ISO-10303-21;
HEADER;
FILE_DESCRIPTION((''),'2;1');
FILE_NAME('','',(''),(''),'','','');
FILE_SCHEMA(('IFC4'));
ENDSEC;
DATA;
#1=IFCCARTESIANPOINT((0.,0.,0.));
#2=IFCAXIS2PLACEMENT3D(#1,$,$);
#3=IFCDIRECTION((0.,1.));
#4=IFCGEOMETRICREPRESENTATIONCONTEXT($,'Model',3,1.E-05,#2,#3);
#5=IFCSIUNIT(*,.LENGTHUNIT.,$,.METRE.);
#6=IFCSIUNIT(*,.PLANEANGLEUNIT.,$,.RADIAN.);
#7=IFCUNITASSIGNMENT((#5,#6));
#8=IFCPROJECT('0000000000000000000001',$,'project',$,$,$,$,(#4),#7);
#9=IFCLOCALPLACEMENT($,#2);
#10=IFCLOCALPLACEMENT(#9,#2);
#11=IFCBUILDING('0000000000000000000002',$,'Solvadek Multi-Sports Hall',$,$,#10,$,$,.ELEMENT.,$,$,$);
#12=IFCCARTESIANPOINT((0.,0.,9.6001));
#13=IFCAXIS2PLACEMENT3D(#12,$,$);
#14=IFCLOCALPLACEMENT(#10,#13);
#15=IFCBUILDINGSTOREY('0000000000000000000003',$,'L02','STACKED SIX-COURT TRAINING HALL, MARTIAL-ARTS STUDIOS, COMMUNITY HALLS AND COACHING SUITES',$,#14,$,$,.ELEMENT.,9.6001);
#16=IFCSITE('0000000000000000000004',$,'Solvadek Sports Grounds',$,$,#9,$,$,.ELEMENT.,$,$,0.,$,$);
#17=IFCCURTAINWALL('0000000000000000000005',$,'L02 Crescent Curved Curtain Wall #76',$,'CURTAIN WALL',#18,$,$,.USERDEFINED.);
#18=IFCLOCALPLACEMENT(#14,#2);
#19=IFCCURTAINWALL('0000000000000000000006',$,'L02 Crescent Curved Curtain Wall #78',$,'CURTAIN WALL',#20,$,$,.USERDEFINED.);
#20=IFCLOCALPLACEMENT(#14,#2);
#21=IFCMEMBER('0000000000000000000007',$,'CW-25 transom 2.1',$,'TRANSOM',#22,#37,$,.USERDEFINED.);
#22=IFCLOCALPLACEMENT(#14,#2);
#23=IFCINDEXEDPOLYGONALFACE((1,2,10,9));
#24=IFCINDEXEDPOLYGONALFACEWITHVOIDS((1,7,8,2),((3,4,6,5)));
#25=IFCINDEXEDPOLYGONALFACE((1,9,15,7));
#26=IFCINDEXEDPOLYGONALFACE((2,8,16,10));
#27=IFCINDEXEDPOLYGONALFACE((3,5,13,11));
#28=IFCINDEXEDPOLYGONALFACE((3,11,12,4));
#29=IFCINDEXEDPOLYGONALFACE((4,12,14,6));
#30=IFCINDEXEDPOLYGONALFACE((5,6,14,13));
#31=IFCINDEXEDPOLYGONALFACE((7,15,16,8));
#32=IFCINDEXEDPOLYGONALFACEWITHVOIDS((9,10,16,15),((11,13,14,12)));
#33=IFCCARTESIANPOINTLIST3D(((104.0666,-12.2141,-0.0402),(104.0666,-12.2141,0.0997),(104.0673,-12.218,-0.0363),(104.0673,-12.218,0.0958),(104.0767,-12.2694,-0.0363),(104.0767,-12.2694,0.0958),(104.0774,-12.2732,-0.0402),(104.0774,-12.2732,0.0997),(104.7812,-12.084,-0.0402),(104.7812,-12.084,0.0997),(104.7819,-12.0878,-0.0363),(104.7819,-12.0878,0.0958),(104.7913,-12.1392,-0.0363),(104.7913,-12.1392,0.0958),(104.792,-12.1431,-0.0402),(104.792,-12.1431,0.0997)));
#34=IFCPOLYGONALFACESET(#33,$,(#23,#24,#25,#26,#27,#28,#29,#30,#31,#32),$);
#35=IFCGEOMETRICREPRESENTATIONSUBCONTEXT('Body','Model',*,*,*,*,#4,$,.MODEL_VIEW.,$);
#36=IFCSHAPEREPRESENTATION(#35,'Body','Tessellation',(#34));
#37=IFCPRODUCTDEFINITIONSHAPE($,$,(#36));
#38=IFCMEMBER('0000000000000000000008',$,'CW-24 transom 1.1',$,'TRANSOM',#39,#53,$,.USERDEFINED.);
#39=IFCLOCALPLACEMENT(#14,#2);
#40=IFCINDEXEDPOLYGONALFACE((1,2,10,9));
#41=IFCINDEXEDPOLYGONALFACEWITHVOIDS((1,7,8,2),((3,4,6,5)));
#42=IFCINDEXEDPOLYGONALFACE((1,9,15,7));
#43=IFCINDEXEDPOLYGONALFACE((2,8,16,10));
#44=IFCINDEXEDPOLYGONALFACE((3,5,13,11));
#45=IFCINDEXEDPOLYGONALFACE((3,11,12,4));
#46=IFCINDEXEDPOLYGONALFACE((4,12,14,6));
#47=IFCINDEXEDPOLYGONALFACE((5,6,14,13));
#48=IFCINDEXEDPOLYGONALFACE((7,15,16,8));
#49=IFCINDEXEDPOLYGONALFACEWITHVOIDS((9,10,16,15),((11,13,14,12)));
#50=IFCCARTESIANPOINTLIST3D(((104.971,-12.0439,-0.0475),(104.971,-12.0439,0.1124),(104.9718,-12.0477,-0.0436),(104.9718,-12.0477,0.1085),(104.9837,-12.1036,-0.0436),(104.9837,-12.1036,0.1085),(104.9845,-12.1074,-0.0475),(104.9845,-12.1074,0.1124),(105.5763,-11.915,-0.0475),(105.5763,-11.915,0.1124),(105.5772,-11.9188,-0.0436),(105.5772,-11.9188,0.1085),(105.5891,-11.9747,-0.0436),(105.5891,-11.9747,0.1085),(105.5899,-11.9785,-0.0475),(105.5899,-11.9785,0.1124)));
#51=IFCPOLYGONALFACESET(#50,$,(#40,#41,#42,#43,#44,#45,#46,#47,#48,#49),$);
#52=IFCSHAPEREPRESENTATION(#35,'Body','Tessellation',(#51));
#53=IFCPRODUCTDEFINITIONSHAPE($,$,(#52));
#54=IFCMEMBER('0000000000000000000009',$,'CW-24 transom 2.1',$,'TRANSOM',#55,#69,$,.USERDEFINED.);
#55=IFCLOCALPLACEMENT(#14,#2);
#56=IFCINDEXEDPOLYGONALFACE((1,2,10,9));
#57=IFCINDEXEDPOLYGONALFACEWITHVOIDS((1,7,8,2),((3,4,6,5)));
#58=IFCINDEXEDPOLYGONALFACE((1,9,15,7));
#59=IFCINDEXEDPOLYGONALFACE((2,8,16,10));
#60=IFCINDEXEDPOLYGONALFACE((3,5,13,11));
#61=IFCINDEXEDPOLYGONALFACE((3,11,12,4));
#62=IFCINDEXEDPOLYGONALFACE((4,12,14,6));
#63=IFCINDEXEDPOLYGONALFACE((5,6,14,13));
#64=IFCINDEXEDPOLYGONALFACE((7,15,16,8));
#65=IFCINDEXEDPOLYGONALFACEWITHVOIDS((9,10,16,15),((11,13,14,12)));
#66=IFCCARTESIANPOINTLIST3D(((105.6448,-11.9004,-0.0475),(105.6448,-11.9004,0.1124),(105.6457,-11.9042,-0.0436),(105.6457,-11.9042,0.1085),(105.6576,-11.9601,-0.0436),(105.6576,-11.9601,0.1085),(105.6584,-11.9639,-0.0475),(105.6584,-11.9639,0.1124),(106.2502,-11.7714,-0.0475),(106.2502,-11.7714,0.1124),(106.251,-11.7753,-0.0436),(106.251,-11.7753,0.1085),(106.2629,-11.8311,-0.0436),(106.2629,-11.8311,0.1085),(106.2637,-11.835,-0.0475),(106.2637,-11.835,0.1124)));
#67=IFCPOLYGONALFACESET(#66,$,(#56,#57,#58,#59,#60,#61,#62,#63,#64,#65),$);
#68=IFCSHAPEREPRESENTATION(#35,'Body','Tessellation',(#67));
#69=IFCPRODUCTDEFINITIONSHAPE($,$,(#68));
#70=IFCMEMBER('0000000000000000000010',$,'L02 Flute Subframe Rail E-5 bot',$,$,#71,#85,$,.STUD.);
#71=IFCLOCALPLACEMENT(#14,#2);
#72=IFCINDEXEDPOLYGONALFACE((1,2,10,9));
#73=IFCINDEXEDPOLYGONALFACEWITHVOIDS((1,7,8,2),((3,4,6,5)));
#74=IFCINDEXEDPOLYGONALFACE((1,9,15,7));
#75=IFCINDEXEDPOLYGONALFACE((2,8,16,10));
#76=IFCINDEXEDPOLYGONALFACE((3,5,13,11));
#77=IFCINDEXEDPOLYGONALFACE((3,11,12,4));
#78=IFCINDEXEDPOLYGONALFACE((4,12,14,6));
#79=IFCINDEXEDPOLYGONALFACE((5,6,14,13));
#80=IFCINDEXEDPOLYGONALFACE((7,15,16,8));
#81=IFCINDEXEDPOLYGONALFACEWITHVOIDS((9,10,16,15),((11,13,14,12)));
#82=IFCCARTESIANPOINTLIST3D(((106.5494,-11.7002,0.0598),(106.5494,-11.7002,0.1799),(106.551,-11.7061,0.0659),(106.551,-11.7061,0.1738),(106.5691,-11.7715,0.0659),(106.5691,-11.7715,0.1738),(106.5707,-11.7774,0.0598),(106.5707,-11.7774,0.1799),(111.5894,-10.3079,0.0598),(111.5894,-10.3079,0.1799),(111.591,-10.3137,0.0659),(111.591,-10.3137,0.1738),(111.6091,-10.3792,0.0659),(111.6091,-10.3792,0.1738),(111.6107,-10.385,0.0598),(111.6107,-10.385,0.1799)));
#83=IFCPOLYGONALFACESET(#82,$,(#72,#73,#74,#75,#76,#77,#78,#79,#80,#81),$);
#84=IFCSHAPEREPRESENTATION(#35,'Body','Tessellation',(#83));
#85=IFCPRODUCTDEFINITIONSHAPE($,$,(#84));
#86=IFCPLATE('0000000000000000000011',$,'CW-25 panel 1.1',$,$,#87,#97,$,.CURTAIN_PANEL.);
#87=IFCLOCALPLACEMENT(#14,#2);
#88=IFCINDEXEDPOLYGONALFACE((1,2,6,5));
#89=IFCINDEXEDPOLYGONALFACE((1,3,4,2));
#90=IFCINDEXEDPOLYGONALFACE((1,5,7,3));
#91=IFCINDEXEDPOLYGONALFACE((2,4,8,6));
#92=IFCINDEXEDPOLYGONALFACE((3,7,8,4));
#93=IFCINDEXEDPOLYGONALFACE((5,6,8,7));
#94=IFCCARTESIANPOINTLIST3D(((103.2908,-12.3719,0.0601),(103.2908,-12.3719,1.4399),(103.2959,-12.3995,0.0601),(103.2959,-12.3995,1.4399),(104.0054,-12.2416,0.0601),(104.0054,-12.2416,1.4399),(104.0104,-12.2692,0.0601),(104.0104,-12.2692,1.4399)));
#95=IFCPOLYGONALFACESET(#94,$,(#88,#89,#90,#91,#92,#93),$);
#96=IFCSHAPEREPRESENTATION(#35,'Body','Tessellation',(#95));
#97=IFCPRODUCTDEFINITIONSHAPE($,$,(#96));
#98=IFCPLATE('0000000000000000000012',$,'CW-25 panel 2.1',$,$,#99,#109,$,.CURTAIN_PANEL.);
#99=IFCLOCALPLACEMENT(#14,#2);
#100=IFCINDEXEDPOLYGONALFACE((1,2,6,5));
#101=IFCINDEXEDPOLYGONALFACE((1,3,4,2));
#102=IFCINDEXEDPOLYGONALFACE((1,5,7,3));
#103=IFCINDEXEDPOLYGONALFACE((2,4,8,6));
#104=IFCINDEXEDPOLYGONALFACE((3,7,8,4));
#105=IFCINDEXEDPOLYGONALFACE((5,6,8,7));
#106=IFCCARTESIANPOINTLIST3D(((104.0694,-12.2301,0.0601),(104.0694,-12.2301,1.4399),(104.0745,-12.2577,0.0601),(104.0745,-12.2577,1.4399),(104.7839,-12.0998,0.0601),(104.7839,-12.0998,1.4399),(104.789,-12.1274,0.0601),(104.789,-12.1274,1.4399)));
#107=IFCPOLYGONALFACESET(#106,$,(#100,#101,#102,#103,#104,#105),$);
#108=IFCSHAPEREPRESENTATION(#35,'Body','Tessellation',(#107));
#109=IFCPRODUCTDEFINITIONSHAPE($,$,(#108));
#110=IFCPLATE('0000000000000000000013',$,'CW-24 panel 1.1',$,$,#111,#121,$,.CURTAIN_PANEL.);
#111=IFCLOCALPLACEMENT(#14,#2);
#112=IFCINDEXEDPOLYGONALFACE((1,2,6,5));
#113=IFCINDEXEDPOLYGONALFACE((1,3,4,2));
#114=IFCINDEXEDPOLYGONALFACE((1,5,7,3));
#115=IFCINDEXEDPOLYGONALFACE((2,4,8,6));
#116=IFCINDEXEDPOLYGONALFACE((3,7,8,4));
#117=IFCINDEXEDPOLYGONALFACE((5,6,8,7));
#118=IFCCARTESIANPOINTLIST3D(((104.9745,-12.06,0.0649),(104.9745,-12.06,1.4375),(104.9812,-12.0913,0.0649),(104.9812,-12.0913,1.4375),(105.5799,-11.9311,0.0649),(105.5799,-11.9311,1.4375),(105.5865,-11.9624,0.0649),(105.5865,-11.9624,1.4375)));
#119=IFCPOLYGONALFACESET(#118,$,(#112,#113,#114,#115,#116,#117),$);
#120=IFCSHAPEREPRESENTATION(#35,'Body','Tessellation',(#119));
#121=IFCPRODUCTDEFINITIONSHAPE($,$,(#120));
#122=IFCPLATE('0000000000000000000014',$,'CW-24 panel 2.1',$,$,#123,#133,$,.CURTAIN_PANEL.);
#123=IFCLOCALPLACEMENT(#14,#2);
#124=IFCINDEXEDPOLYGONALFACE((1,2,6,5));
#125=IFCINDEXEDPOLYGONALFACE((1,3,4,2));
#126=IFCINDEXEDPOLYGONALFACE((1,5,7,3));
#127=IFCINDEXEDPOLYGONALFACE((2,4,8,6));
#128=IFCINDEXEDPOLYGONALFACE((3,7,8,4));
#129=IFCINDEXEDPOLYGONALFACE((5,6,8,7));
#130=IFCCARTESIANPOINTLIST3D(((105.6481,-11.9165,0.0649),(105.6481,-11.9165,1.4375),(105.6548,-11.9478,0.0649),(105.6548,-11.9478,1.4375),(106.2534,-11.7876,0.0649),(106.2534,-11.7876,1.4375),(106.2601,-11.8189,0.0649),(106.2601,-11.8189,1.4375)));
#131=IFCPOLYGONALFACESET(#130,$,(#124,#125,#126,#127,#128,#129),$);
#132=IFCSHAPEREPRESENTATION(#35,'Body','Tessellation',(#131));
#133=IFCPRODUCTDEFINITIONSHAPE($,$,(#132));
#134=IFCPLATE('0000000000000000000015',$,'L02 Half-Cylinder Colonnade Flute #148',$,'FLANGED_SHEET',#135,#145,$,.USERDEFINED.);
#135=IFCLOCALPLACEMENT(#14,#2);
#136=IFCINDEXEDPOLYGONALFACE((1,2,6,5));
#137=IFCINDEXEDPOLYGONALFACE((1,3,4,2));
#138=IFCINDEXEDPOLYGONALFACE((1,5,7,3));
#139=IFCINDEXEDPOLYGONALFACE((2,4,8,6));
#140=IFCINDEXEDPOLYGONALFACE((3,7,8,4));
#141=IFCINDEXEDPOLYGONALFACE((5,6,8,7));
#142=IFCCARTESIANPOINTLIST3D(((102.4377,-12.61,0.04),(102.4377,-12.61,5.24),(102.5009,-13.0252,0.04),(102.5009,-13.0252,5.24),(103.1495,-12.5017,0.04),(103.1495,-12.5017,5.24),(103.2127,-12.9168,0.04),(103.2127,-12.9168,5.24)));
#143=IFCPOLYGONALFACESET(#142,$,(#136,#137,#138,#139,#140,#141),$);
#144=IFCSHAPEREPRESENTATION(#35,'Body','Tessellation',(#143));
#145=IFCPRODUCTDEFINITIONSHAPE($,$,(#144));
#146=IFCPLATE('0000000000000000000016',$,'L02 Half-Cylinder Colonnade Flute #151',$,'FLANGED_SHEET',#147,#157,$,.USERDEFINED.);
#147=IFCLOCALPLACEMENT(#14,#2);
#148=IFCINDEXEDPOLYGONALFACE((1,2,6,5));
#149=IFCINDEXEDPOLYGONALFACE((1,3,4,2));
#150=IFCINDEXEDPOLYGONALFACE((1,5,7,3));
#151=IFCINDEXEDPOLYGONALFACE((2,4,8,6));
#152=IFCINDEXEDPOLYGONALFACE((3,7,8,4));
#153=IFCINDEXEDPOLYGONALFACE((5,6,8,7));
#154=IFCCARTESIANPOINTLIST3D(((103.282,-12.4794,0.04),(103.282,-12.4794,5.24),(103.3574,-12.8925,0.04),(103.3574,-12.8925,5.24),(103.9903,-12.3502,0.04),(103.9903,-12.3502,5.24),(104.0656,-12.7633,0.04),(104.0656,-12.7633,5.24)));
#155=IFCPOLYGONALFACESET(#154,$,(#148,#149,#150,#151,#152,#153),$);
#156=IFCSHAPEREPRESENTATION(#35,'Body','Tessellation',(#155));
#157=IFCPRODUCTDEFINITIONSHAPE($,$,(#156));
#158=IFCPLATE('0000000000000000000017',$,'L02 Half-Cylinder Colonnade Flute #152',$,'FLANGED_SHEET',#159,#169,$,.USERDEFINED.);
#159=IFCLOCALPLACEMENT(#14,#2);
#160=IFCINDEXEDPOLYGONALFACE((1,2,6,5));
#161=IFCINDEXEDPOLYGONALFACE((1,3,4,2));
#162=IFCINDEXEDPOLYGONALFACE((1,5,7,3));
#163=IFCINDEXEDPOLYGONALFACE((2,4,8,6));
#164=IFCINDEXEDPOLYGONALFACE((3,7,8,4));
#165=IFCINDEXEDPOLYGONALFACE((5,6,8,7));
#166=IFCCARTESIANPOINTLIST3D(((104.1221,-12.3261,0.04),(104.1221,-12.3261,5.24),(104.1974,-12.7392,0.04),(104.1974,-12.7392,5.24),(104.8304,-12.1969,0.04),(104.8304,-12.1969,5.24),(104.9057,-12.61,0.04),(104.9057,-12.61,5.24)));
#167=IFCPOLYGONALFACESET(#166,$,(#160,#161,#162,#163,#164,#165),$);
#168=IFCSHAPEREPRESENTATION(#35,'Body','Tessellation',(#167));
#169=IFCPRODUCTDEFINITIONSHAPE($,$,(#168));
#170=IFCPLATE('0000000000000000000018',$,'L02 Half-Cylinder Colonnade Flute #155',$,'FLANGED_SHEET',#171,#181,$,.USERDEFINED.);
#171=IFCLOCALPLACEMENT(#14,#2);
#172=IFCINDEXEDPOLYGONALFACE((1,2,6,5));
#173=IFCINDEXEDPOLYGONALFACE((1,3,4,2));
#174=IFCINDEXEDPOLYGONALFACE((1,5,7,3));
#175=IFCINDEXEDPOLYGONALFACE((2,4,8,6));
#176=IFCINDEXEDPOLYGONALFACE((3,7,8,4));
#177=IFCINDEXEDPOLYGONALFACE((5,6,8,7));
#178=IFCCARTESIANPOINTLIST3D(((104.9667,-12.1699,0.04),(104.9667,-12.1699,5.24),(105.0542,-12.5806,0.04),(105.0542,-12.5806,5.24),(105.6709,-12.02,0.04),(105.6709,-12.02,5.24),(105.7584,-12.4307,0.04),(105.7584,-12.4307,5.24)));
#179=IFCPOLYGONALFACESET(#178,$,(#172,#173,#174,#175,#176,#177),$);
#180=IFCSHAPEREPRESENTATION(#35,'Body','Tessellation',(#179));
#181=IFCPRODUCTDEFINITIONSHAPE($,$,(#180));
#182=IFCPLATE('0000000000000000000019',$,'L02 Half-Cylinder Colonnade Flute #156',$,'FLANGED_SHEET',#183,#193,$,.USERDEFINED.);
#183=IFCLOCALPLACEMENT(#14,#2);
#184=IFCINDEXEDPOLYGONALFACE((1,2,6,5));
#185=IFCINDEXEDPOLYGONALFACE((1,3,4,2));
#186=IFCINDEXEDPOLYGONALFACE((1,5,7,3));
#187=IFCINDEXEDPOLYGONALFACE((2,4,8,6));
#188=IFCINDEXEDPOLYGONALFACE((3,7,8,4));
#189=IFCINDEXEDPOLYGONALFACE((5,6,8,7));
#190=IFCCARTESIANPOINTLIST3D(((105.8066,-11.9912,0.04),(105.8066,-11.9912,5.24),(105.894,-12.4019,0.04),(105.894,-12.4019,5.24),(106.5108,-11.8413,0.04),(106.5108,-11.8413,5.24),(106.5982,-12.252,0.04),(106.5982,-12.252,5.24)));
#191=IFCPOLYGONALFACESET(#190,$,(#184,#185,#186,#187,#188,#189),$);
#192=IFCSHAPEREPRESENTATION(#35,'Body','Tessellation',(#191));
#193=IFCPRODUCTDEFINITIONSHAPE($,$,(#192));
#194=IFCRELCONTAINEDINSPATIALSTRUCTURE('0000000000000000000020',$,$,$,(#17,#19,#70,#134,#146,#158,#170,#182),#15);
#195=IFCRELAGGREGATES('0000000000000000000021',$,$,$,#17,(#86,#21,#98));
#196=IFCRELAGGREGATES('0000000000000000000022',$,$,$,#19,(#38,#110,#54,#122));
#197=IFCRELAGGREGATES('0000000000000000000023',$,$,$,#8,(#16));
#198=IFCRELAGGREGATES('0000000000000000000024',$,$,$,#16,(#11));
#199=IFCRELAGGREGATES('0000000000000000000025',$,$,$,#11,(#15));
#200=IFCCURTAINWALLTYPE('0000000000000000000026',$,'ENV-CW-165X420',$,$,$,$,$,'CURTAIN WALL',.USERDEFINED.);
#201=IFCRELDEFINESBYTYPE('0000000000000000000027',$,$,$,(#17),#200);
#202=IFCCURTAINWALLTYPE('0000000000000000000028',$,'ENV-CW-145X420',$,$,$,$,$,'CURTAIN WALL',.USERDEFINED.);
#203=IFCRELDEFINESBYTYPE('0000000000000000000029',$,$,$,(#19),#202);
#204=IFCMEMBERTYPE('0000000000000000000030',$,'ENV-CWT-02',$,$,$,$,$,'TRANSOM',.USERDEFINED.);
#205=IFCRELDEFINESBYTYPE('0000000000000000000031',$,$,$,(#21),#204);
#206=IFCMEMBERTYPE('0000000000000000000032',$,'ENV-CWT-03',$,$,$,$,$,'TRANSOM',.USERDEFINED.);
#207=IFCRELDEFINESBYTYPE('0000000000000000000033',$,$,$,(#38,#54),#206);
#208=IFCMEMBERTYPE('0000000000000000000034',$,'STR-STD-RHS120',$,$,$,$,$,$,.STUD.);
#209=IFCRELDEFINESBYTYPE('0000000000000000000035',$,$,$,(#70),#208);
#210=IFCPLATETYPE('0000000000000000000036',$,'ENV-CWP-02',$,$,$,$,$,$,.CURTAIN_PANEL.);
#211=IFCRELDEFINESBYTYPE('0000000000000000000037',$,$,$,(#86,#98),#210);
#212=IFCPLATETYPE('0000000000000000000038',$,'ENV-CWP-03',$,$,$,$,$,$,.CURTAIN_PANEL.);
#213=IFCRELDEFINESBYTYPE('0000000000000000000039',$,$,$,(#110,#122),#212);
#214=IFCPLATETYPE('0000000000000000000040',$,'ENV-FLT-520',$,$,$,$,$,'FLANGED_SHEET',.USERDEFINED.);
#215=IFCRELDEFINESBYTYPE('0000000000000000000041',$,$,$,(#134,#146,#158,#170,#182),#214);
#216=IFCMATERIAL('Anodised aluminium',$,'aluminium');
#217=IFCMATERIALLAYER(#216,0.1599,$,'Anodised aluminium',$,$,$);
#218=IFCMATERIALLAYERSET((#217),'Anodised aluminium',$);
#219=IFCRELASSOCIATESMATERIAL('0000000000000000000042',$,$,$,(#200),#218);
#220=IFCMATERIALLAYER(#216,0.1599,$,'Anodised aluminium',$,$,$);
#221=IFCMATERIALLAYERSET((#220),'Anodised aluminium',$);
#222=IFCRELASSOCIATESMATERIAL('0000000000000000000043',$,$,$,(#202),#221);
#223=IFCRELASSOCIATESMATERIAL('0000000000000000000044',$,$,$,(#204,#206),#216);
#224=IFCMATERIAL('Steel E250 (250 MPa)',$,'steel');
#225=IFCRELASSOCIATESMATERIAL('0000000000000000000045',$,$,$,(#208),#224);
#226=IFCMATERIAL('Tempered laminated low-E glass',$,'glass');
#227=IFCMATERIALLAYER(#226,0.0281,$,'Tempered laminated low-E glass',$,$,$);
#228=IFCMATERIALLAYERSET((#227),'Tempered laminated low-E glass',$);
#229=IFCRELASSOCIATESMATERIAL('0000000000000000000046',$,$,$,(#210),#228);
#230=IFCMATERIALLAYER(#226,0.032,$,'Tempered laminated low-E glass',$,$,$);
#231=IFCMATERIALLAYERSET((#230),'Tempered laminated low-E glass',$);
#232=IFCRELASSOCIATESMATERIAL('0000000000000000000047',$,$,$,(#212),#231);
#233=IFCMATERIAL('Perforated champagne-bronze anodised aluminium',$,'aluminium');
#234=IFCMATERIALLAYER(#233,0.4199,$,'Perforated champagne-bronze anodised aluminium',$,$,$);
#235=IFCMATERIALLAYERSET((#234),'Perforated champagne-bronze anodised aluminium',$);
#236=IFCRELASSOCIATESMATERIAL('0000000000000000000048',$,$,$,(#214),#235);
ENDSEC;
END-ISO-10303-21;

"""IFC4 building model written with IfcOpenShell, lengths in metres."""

from ifc_helpers import new_model, si_unit, direction, frame, origin, origin_2d, place, context, subcontext, project, spatial, rectangle, hollow_rectangle, extrude, material, layer, layer_set, material_profile, profile_set, type_object, element, aggregate, save


model = new_model("IFC4")

# Units and contexts
model_context = context("Model", 3, precision=1e-05, world=origin(), true_north=direction((0.0, 1.0)))
body_context = subcontext(model_context, "Body", "Model", "MODEL_VIEW")
ifc_project = project(units=[si_unit("LENGTHUNIT", "METRE"), si_unit("PLANEANGLEUNIT", "RADIAN")], contexts=[model_context])

# Site, building, storey
site_placement = place(None, origin())
site = spatial("IfcSite", under=ifc_project, at=site_placement, Name="Solvadek Sports Grounds", CompositionType="ELEMENT", RefElevation=0.0)
building_placement = place(site_placement, origin())
building = spatial("IfcBuilding", under=site, at=building_placement, Name="Solvadek Multi-Sports Hall", CompositionType="ELEMENT")
storey_placement = place(building_placement, frame((0.0, 0.0, 9.6001)))
storey = spatial("IfcBuildingStorey", under=building, at=storey_placement, Name="L02", Description="STACKED SIX-COURT TRAINING HALL, MARTIAL-ARTS STUDIOS, COMMUNITY HALLS AND COACHING SUITES", CompositionType="ELEMENT", Elevation=9.6001)

# Shared definitions
ifc_material_1 = material(Name="Anodised aluminium", Category="aluminium")

# Curtain walls
ifc_layer_1 = layer(ifc_material_1, 0.1599, Name="Anodised aluminium")
ifc_layer_set_1 = layer_set([ifc_layer_1], Name="Anodised aluminium")
curtain_wall_type_1 = type_object("IfcCurtainWallType", Name="ENV-CW-165X420", ElementType="CURTAIN WALL", PredefinedType="USERDEFINED", material=ifc_layer_set_1)
curtain_wall_1_placement = place(storey_placement, origin())
curtain_wall_1 = element("IfcCurtainWall", 1, at=curtain_wall_1_placement, inside=storey, type_object=curtain_wall_type_1, Name="L02 Crescent Curved Curtain Wall #76", ObjectType="CURTAIN WALL", PredefinedType="USERDEFINED")
ifc_layer_2 = layer(ifc_material_1, 0.1599, Name="Anodised aluminium")
ifc_layer_set_2 = layer_set([ifc_layer_2], Name="Anodised aluminium")
curtain_wall_type_2 = type_object("IfcCurtainWallType", Name="ENV-CW-145X420", ElementType="CURTAIN WALL", PredefinedType="USERDEFINED", material=ifc_layer_set_2)
curtain_wall_2_placement = place(storey_placement, origin())
curtain_wall_2 = element("IfcCurtainWall", 2, at=curtain_wall_2_placement, inside=storey, type_object=curtain_wall_type_2, Name="L02 Crescent Curved Curtain Wall #78", ObjectType="CURTAIN WALL", PredefinedType="USERDEFINED")

# Members
ifc_material_profile_1 = material_profile(ifc_material_1, hollow_rectangle(XDim=0.0601, YDim=0.1399, WallThickness=0.0039, at=origin_2d()), Name="ALU-T 140x60x4")
ifc_profile_set_1 = profile_set([ifc_material_profile_1], Name="Anodised aluminium")
member_type_1 = type_object("IfcMemberType", Name="ENV-CWT-02", ElementType="TRANSOM", PredefinedType="USERDEFINED", material=ifc_profile_set_1)
member_1_placement = place(storey_placement, frame((104.072, -12.2437, 0.0298), z_axis=(0.983821, 0.179152, 0.0), x_axis=(-0.179152, 0.983821, 0.0)))
member_1 = element("IfcMember", 3, at=member_1_placement, type_object=member_type_1, Name="CW-25 transom 2.1", ObjectType="TRANSOM", PredefinedType="USERDEFINED", context=body_context, shape_type="SweptSolid", body=[
    extrude(hollow_rectangle(XDim=0.0601, YDim=0.1399, WallThickness=0.0039, at=origin_2d()), origin(), (0.0, 0.0, 1.0), 0.7263),
])
ifc_material_profile_2 = material_profile(ifc_material_1, hollow_rectangle(XDim=0.0649, YDim=0.1599, WallThickness=0.0039, at=origin_2d()), Name="ALU-T 160x65x4")
ifc_profile_set_2 = profile_set([ifc_material_profile_2], Name="Anodised aluminium")
member_type_2 = type_object("IfcMemberType", Name="ENV-CWT-03", ElementType="TRANSOM", PredefinedType="USERDEFINED", material=ifc_profile_set_2)
member_2_placement = place(storey_placement, frame((104.9778, -12.0757, 0.0325), z_axis=(0.978061, 0.208316, 0.0), x_axis=(-0.208316, 0.978061, 0.0)))
member_2 = element("IfcMember", 4, at=member_2_placement, type_object=member_type_2, Name="CW-24 transom 1.1", ObjectType="TRANSOM", PredefinedType="USERDEFINED", context=body_context, shape_type="SweptSolid", body=[
    extrude(hollow_rectangle(XDim=0.0649, YDim=0.1599, WallThickness=0.0039, at=origin_2d()), origin(), (0.0, 0.0, 1.0), 0.6189),
])
member_3_placement = place(storey_placement, frame((105.6516, -11.9321, 0.0325), z_axis=(0.978061, 0.208316, 0.0), x_axis=(-0.208316, 0.978061, 0.0)))
member_3 = element("IfcMember", 5, at=member_3_placement, type_object=member_type_2, Name="CW-24 transom 2.1", ObjectType="TRANSOM", PredefinedType="USERDEFINED", context=body_context, shape_type="SweptSolid", body=[
    extrude(hollow_rectangle(XDim=0.0649, YDim=0.1599, WallThickness=0.0039, at=origin_2d()), origin(), (0.0, 0.0, 1.0), 0.6189),
])
ifc_material_2 = material(Name="Steel E250 (250 MPa)", Category="steel")
ifc_material_profile_3 = material_profile(ifc_material_2, hollow_rectangle(XDim=0.0801, YDim=0.1201, WallThickness=0.0061, at=origin_2d()), Name="RHS 120x80x6")
ifc_profile_set_3 = profile_set([ifc_material_profile_3], Name="Steel E250 (250 MPa)")
member_type_3 = type_object("IfcMemberType", Name="STR-STD-RHS120", PredefinedType="STUD", material=ifc_profile_set_3)
member_4_placement = place(storey_placement, frame((106.5601, -11.7388, 0.1199), z_axis=(0.963896, 0.266281, 0.0), x_axis=(-0.266281, 0.963896, 0.0)))
element("IfcMember", 6, at=member_4_placement, inside=storey, type_object=member_type_3, Name="L02 Flute Subframe Rail E-5 bot", PredefinedType="STUD", context=body_context, shape_type="SweptSolid", body=[
    extrude(hollow_rectangle(XDim=0.0801, YDim=0.1201, WallThickness=0.0061, at=origin_2d()), origin(), (0.0, 0.0, 1.0), 5.2288),
])

# Plates
ifc_material_3 = material(Name="Tempered laminated low-E glass", Category="glass")
ifc_layer_3 = layer(ifc_material_3, 0.0281, Name="Tempered laminated low-E glass")
ifc_layer_set_3 = layer_set([ifc_layer_3], Name="Tempered laminated low-E glass")
plate_type_1 = type_object("IfcPlateType", Name="ENV-CWP-02", PredefinedType="CURTAIN_PANEL", material=ifc_layer_set_3)
plate_1_placement = place(storey_placement, frame((103.6506, -12.3206, 0.0601), z_axis=(0.0, 0.0, 1.0), x_axis=(0.983777, 0.179398, 0.0)))
plate_1 = element("IfcPlate", 7, at=plate_1_placement, type_object=plate_type_1, Name="CW-25 panel 1.1", PredefinedType="CURTAIN_PANEL", context=body_context, shape_type="SweptSolid", body=[
    extrude(rectangle(XDim=0.7263, YDim=0.0281, at=origin_2d()), origin(), (0.0, 0.0, 1.0), 1.3799),
])
plate_2_placement = place(storey_placement, frame((104.4292, -12.1787, 0.0601), z_axis=(0.0, 0.0, 1.0), x_axis=(0.983777, 0.179398, 0.0)))
plate_2 = element("IfcPlate", 8, at=plate_2_placement, type_object=plate_type_1, Name="CW-25 panel 2.1", PredefinedType="CURTAIN_PANEL", context=body_context, shape_type="SweptSolid", body=[
    extrude(rectangle(XDim=0.7263, YDim=0.0281, at=origin_2d()), origin(), (0.0, 0.0, 1.0), 1.3799),
])
aggregate(curtain_wall_1, [plate_1, member_1, plate_2])
ifc_layer_4 = layer(ifc_material_3, 0.032, Name="Tempered laminated low-E glass")
ifc_layer_set_4 = layer_set([ifc_layer_4], Name="Tempered laminated low-E glass")
plate_type_2 = type_object("IfcPlateType", Name="ENV-CWP-03", PredefinedType="CURTAIN_PANEL", material=ifc_layer_set_4)
plate_3_placement = place(storey_placement, frame((105.2805, -12.0112, 0.0649), z_axis=(0.0, 0.0, 1.0), x_axis=(0.978075, 0.208255, 0.0)))
plate_3 = element("IfcPlate", 9, at=plate_3_placement, type_object=plate_type_2, Name="CW-24 panel 1.1", PredefinedType="CURTAIN_PANEL", context=body_context, shape_type="SweptSolid", body=[
    extrude(rectangle(XDim=0.6189, YDim=0.032, at=origin_2d()), origin(), (0.0, 0.0, 1.0), 1.3726),
])
plate_4_placement = place(storey_placement, frame((105.9541, -11.8677, 0.0649), z_axis=(0.0, 0.0, 1.0), x_axis=(0.978075, 0.208255, 0.0)))
plate_4 = element("IfcPlate", 10, at=plate_4_placement, type_object=plate_type_2, Name="CW-24 panel 2.1", PredefinedType="CURTAIN_PANEL", context=body_context, shape_type="SweptSolid", body=[
    extrude(rectangle(XDim=0.6189, YDim=0.032, at=origin_2d()), origin(), (0.0, 0.0, 1.0), 1.3726),
])
aggregate(curtain_wall_2, [member_2, plate_3, member_3, plate_4])

# Plates
ifc_material_4 = material(Name="Perforated champagne-bronze anodised aluminium", Category="aluminium")
ifc_layer_5 = layer(ifc_material_4, 0.4199, Name="Perforated champagne-bronze anodised aluminium")
ifc_layer_set_5 = layer_set([ifc_layer_5], Name="Perforated champagne-bronze anodised aluminium")
plate_type_3 = type_object("IfcPlateType", Name="ENV-FLT-520", ElementType="FLANGED_SHEET", PredefinedType="USERDEFINED", material=ifc_layer_set_5)
for number, where, z_axis, x_axis, name in (
    (11, (102.8252, -12.7634, 0.04), (0.0, 0.0, 1.0), (0.988606, 0.150527, 0.0), "L02 Half-Cylinder Colonnade Flute #148"),
    (12, (103.6738, -12.6213, 0.04), (0.0, 0.0, 1.0), (0.983772, 0.179421, 0.0), "L02 Half-Cylinder Colonnade Flute #151"),
    (13, (104.5139, -12.468, 0.04), (0.0, 0.0, 1.0), (0.983772, 0.179421, 0.0), "L02 Half-Cylinder Colonnade Flute #152"),
    (14, (105.3625, -12.3003, 0.04), (0.0, 0.0, 1.0), (0.978076, 0.208249, 0.0), "L02 Half-Cylinder Colonnade Flute #155"),
    (15, (106.2024, -12.1216, 0.04), (0.0, 0.0, 1.0), (0.978076, 0.208249, 0.0), "L02 Half-Cylinder Colonnade Flute #156"),
):
    element("IfcPlate", number, at=place(storey_placement, frame(where, z_axis=z_axis, x_axis=x_axis)), inside=storey, type_object=plate_type_3, Name=name, ObjectType="FLANGED_SHEET", PredefinedType="USERDEFINED", context=body_context, shape_type="SweptSolid", body=[
        extrude(rectangle(XDim=0.72, YDim=0.4199, at=origin_2d()), origin(), (0.0, 0.0, 1.0), 5.2),
    ])

save(model, "model.ifc")
